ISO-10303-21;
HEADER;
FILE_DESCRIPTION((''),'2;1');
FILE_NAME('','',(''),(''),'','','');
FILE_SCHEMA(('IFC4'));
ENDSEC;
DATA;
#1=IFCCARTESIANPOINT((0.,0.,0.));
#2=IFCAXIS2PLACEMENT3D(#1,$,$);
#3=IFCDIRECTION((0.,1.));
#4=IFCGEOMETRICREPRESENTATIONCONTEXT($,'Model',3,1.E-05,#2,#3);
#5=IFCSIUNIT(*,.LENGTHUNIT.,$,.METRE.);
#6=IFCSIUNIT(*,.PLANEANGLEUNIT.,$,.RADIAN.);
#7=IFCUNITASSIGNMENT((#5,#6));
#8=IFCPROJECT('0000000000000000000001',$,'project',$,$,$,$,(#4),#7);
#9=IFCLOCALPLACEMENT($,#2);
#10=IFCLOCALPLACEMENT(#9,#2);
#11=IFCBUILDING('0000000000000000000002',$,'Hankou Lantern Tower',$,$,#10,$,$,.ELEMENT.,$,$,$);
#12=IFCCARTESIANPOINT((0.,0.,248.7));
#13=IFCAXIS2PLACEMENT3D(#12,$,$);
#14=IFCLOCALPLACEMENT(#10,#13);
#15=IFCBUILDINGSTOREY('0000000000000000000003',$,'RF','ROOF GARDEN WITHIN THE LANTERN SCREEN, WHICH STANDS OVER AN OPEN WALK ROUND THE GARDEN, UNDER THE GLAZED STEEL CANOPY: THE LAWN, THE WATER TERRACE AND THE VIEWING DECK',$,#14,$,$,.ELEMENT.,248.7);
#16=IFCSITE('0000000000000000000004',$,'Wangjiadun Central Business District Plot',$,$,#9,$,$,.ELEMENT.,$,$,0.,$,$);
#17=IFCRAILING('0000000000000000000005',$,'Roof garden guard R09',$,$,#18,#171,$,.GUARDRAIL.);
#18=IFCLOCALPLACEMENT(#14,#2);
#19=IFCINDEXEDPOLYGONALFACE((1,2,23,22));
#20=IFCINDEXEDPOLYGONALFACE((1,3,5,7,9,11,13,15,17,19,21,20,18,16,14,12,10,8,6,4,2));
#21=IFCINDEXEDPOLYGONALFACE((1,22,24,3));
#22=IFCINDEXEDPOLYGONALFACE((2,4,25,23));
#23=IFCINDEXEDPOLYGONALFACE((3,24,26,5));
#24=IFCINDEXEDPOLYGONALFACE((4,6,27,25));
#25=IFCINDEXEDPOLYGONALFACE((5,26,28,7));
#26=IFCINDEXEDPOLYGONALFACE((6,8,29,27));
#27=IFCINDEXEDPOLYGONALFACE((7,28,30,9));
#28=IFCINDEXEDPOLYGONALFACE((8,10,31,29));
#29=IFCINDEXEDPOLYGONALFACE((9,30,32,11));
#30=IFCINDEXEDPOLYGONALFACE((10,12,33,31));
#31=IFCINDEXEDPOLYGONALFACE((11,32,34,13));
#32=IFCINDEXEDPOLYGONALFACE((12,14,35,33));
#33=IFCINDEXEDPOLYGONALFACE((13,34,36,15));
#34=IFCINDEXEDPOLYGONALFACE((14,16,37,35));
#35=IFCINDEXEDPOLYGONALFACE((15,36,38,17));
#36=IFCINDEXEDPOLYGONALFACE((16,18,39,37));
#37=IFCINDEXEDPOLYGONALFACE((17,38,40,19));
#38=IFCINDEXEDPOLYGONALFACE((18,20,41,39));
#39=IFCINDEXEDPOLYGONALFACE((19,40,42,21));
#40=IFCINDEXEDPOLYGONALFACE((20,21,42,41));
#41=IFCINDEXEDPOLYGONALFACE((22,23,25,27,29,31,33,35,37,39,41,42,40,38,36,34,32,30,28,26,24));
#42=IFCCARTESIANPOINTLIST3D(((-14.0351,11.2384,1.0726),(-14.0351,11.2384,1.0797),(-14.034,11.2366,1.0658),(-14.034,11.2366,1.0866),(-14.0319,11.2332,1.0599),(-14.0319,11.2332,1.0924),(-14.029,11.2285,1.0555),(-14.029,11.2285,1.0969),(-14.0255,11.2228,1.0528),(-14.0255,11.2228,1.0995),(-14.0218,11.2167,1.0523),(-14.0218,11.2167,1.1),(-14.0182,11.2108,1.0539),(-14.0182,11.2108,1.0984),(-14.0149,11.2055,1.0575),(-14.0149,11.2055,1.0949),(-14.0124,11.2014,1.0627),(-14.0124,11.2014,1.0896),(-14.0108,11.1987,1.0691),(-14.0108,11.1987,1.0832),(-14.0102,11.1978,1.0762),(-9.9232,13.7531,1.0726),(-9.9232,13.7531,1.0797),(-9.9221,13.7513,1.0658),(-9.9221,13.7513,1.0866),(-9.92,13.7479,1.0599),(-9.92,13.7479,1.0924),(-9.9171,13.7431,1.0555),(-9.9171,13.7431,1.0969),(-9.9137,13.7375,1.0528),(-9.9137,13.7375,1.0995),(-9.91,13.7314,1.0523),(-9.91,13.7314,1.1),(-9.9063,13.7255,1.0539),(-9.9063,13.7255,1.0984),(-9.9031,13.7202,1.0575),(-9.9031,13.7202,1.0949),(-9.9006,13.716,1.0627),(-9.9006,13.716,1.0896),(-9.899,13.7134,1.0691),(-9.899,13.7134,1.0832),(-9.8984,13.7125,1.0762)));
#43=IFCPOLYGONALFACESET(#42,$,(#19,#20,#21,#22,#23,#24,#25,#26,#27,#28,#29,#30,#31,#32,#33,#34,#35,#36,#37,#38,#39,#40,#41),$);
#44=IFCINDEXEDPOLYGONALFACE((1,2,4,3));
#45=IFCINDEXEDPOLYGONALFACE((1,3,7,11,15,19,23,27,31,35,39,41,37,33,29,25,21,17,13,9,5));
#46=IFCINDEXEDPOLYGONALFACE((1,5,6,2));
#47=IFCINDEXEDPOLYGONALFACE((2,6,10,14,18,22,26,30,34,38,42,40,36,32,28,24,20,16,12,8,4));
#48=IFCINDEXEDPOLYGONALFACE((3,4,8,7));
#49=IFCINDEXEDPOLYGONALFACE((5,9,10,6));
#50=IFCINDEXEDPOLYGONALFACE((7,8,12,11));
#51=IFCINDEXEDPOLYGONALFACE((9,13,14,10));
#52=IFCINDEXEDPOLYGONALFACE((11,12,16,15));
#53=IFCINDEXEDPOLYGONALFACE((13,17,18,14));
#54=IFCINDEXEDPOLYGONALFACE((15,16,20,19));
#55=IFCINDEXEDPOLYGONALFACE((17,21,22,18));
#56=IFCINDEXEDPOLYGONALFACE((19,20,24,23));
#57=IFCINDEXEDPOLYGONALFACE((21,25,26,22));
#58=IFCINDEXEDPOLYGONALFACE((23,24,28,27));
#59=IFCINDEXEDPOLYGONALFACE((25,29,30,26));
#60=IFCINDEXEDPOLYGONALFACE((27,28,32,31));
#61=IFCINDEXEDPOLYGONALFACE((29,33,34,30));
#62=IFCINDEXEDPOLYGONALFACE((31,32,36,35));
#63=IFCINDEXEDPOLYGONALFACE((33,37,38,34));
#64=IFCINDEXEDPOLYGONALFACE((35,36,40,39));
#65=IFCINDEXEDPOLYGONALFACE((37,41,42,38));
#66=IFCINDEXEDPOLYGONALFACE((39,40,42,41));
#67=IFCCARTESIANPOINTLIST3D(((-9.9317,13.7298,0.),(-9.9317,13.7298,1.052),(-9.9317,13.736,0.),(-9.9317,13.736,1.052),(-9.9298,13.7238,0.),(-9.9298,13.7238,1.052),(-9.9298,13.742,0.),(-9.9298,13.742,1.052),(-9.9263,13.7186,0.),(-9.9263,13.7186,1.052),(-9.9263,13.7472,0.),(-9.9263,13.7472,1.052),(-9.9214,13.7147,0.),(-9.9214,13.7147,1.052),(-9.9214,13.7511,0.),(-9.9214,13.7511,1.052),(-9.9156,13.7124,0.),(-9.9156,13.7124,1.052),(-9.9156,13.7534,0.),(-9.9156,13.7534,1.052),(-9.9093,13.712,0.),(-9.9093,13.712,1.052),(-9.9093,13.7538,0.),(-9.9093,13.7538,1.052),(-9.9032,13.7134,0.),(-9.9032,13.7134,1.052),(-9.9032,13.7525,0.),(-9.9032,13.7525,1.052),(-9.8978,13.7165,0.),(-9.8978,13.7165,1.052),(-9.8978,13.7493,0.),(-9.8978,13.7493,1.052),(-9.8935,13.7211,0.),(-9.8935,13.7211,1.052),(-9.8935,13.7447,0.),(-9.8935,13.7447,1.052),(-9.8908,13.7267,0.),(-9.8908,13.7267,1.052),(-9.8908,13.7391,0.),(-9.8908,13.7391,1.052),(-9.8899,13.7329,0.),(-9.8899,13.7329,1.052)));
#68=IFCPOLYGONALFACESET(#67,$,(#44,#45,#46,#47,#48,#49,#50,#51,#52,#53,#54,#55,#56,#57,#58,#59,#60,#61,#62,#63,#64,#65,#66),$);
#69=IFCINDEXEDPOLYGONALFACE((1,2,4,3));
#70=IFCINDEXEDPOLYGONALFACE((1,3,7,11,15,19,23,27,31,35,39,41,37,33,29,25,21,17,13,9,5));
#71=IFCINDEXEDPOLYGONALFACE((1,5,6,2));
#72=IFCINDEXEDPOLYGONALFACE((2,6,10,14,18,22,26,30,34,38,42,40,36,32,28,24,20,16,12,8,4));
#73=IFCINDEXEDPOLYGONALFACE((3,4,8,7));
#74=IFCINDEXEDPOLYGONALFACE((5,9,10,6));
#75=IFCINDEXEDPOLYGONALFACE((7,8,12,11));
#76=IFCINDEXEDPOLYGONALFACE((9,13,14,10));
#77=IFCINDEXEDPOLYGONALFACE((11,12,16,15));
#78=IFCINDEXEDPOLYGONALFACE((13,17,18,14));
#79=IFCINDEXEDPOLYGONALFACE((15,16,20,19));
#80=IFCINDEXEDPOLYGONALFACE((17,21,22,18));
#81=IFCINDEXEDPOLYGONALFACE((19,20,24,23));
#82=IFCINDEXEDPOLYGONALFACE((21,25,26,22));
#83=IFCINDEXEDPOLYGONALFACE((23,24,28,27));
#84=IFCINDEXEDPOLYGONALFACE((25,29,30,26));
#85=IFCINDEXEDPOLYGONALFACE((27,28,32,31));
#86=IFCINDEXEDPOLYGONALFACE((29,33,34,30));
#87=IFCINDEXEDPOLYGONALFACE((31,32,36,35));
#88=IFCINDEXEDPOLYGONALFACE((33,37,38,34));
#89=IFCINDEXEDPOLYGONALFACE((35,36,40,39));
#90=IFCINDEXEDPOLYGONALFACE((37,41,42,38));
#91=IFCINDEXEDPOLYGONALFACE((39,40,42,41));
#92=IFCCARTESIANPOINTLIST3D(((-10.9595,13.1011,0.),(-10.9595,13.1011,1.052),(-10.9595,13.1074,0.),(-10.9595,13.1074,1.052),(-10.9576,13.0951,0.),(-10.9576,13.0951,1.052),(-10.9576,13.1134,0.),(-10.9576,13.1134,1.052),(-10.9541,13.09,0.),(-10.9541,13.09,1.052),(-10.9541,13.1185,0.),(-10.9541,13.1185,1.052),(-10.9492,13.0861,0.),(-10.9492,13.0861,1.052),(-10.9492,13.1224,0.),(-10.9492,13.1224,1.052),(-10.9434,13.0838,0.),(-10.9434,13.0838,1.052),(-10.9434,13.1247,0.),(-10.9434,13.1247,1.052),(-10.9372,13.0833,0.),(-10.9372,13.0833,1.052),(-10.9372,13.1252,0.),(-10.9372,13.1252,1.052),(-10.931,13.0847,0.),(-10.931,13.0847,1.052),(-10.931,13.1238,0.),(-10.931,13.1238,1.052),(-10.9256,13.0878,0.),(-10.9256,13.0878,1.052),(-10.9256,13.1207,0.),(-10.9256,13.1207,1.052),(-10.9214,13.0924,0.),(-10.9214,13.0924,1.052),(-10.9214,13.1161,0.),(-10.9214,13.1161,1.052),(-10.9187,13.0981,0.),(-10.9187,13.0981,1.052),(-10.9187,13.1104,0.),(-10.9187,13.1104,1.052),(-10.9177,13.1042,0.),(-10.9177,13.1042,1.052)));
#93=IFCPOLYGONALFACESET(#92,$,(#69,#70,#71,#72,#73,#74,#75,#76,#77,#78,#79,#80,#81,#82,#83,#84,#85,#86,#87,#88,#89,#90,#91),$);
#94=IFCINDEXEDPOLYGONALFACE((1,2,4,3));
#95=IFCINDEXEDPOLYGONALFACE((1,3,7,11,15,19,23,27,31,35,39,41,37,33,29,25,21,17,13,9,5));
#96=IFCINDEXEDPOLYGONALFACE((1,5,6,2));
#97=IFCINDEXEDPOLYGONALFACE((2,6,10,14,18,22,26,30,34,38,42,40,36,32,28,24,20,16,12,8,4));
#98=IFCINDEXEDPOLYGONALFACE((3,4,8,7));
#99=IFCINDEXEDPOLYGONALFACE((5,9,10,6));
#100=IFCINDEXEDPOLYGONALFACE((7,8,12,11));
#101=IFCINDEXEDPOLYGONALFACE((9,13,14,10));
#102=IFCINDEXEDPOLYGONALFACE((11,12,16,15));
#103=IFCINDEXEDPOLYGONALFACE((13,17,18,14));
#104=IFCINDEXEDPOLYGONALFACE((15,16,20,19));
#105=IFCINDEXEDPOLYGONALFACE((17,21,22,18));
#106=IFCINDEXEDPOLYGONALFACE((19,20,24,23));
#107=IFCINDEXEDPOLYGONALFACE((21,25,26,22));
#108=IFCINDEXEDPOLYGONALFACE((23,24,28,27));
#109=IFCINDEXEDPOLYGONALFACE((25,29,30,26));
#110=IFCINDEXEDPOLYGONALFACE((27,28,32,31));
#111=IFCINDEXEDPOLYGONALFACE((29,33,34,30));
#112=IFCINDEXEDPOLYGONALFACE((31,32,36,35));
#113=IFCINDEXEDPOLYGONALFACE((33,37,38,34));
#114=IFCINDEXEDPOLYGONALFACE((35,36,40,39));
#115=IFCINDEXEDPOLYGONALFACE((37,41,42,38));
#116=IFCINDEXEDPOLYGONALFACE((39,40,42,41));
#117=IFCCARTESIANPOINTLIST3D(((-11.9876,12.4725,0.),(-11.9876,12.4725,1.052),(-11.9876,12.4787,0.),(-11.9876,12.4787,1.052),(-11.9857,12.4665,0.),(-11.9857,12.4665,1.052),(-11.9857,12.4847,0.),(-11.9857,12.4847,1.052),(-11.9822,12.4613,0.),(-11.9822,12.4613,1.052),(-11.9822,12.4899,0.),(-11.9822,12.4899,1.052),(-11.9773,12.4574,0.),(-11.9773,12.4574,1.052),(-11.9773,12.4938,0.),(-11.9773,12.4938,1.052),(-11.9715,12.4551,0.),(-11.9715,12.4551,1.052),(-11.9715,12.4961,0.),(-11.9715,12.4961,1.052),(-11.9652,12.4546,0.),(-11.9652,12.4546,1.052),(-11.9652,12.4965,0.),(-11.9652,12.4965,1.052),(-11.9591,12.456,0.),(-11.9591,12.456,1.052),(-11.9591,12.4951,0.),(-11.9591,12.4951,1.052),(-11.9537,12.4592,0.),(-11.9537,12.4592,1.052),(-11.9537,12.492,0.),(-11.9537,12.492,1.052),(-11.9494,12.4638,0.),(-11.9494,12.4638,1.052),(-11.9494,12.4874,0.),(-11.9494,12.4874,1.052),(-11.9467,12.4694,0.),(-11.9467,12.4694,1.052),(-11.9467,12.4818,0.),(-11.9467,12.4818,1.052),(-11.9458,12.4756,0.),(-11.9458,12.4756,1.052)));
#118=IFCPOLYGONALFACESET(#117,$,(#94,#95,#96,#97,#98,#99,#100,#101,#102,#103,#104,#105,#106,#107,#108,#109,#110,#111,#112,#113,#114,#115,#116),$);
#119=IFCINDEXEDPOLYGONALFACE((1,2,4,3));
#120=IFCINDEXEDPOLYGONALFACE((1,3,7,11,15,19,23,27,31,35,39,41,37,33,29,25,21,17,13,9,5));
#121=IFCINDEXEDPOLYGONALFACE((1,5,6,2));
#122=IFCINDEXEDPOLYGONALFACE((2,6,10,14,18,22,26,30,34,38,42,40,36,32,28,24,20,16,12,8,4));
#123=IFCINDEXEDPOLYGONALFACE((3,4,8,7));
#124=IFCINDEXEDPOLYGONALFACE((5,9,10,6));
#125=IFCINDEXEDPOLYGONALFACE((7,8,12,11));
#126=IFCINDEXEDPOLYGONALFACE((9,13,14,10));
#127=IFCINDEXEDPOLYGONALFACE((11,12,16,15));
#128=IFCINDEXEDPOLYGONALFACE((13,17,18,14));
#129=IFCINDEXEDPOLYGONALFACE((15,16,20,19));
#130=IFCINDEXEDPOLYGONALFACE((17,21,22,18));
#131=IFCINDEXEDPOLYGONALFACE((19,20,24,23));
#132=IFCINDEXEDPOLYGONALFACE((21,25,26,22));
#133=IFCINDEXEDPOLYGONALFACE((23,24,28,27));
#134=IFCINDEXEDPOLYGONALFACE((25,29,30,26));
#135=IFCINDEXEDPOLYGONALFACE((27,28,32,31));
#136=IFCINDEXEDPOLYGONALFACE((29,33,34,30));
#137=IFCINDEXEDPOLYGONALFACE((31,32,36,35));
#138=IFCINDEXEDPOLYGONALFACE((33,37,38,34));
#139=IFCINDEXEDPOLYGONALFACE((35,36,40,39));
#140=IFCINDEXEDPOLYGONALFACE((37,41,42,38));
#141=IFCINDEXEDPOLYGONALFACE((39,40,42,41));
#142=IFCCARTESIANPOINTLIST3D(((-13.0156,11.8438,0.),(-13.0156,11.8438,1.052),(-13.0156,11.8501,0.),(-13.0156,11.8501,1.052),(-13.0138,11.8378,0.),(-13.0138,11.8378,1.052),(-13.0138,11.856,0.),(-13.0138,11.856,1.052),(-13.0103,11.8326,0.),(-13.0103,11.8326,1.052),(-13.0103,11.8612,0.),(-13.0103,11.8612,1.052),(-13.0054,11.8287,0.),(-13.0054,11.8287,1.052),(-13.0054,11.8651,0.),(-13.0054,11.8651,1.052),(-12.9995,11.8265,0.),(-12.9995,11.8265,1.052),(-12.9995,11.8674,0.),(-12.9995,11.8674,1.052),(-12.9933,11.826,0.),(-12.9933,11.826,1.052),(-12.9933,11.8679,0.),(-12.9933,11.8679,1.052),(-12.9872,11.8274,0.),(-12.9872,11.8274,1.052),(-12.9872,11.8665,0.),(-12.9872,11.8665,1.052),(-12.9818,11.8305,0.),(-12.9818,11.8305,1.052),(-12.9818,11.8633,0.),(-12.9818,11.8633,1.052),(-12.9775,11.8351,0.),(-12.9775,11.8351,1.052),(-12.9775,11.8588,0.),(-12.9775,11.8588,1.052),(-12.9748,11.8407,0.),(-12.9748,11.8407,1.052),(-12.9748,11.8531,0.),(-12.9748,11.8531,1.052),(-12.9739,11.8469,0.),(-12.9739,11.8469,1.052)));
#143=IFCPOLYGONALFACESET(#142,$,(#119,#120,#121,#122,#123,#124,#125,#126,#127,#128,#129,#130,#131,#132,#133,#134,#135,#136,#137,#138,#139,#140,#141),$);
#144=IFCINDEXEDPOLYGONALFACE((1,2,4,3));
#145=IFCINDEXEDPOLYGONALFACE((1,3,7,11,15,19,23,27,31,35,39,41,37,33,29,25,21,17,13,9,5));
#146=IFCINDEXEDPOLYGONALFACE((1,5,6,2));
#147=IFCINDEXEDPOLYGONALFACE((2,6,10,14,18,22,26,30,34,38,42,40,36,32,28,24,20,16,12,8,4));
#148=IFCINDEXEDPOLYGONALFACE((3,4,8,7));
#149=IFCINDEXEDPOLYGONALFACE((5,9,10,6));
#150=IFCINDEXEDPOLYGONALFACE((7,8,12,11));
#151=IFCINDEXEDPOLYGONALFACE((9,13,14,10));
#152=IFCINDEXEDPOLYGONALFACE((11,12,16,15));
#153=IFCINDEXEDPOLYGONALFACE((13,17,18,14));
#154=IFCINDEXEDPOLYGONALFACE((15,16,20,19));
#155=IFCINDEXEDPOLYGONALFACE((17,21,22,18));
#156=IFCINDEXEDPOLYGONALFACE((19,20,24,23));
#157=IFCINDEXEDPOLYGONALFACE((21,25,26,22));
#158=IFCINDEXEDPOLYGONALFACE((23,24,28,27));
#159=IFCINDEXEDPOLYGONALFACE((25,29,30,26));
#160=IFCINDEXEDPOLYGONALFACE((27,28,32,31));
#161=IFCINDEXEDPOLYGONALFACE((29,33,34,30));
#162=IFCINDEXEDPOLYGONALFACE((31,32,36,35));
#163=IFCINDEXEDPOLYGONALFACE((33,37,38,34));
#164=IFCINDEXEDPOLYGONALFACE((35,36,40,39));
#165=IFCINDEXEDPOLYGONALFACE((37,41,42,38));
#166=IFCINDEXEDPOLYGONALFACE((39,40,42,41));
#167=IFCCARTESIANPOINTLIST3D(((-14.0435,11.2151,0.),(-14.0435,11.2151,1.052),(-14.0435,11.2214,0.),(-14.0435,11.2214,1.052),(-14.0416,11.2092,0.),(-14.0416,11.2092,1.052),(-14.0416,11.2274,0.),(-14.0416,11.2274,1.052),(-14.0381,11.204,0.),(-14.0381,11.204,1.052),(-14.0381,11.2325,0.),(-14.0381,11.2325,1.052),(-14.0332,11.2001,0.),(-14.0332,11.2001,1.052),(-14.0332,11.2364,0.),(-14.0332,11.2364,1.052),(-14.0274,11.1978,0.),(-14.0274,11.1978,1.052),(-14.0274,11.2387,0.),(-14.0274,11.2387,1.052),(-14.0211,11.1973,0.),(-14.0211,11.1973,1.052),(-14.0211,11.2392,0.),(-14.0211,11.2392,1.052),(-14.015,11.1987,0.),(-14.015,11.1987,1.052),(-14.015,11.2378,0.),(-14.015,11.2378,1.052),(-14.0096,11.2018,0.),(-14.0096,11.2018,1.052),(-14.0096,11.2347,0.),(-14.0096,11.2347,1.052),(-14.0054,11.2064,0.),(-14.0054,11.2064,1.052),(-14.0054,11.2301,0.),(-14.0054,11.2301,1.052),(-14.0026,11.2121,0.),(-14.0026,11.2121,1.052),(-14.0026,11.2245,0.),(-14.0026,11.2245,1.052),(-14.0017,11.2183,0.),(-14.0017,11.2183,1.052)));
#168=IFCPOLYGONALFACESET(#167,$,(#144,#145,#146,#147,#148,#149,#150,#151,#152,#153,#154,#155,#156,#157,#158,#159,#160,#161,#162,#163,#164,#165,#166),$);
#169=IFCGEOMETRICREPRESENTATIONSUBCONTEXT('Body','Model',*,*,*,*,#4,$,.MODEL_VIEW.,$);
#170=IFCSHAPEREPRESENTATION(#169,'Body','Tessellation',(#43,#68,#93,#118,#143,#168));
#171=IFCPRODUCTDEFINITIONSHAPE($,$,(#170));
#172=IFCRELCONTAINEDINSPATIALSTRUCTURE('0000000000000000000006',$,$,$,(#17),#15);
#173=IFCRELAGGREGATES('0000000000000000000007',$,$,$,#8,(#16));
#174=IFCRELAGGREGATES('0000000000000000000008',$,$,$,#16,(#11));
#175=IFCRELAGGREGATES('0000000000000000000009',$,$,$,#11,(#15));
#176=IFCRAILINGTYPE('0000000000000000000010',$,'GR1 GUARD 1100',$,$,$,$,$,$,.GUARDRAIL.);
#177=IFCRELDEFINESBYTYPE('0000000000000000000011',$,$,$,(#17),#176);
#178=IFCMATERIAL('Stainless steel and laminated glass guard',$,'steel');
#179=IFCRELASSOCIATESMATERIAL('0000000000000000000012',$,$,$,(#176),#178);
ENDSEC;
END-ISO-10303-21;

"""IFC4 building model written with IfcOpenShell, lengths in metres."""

from ifc_helpers import new_model, si_unit, direction, frame, origin, origin_2d, place, context, subcontext, project, spatial, circle, extrude, material, type_object, element, save


model = new_model("IFC4")

# Units and contexts
model_context = context("Model", 3, precision=1e-05, world=origin(), true_north=direction((0.0, 1.0)))
body_context = subcontext(model_context, "Body", "Model", "MODEL_VIEW")
ifc_project = project(units=[si_unit("LENGTHUNIT", "METRE"), si_unit("PLANEANGLEUNIT", "RADIAN")], contexts=[model_context])

# Site, building, storey
site_placement = place(None, origin())
site = spatial("IfcSite", under=ifc_project, at=site_placement, Name="Wangjiadun Central Business District Plot", CompositionType="ELEMENT", RefElevation=0.0)
building_placement = place(site_placement, origin())
building = spatial("IfcBuilding", under=site, at=building_placement, Name="Hankou Lantern Tower", CompositionType="ELEMENT")
storey_placement = place(building_placement, frame((0.0, 0.0, 248.7)))
storey = spatial("IfcBuildingStorey", under=building, at=storey_placement, Name="RF", Description="ROOF GARDEN WITHIN THE LANTERN SCREEN, WHICH STANDS OVER AN OPEN WALK ROUND THE GARDEN, UNDER THE GLAZED STEEL CANOPY: THE LAWN, THE WATER TERRACE AND THE VIEWING DECK", CompositionType="ELEMENT", Elevation=248.7)

# Railing
ifc_material_1 = material(Name="Stainless steel and laminated glass guard", Category="steel")
railing_type = type_object("IfcRailingType", Name="GR1 GUARD 1100", PredefinedType="GUARDRAIL", material=ifc_material_1)
railing_1_placement = place(storey_placement, frame((-9.9109, 13.7329, 0.0)))
element("IfcRailing", 1, at=railing_1_placement, inside=storey, type_object=railing_type, Name="Roof garden guard R09", PredefinedType="GUARDRAIL", context=body_context, shape_type="SweptSolid", body=[
    extrude(circle(Radius=0.0239, at=origin_2d()), frame((0.0, 0.0, 1.0762), z_axis=(-0.853109, -0.521733, 0.0), x_axis=(0.521733, -0.853109, 0.0)), (0.0, 0.0, 1.0), 4.8198),
    extrude(circle(Radius=0.021, at=origin_2d()), origin(), (0.0, 0.0, 1.0), 1.052),
    extrude(circle(Radius=0.021, at=origin_2d()), frame((-1.0278, -0.6287, 0.0)), (0.0, 0.0, 1.0), 1.052),
    extrude(circle(Radius=0.021, at=origin_2d()), frame((-2.0559, -1.2573, 0.0)), (0.0, 0.0, 1.0), 1.052),
    extrude(circle(Radius=0.021, at=origin_2d()), frame((-3.084, -1.886, 0.0)), (0.0, 0.0, 1.0), 1.052),
    extrude(circle(Radius=0.021, at=origin_2d()), frame((-4.1118, -2.5146, 0.0)), (0.0, 0.0, 1.0), 1.052),
])

save(model, "model.ifc")
